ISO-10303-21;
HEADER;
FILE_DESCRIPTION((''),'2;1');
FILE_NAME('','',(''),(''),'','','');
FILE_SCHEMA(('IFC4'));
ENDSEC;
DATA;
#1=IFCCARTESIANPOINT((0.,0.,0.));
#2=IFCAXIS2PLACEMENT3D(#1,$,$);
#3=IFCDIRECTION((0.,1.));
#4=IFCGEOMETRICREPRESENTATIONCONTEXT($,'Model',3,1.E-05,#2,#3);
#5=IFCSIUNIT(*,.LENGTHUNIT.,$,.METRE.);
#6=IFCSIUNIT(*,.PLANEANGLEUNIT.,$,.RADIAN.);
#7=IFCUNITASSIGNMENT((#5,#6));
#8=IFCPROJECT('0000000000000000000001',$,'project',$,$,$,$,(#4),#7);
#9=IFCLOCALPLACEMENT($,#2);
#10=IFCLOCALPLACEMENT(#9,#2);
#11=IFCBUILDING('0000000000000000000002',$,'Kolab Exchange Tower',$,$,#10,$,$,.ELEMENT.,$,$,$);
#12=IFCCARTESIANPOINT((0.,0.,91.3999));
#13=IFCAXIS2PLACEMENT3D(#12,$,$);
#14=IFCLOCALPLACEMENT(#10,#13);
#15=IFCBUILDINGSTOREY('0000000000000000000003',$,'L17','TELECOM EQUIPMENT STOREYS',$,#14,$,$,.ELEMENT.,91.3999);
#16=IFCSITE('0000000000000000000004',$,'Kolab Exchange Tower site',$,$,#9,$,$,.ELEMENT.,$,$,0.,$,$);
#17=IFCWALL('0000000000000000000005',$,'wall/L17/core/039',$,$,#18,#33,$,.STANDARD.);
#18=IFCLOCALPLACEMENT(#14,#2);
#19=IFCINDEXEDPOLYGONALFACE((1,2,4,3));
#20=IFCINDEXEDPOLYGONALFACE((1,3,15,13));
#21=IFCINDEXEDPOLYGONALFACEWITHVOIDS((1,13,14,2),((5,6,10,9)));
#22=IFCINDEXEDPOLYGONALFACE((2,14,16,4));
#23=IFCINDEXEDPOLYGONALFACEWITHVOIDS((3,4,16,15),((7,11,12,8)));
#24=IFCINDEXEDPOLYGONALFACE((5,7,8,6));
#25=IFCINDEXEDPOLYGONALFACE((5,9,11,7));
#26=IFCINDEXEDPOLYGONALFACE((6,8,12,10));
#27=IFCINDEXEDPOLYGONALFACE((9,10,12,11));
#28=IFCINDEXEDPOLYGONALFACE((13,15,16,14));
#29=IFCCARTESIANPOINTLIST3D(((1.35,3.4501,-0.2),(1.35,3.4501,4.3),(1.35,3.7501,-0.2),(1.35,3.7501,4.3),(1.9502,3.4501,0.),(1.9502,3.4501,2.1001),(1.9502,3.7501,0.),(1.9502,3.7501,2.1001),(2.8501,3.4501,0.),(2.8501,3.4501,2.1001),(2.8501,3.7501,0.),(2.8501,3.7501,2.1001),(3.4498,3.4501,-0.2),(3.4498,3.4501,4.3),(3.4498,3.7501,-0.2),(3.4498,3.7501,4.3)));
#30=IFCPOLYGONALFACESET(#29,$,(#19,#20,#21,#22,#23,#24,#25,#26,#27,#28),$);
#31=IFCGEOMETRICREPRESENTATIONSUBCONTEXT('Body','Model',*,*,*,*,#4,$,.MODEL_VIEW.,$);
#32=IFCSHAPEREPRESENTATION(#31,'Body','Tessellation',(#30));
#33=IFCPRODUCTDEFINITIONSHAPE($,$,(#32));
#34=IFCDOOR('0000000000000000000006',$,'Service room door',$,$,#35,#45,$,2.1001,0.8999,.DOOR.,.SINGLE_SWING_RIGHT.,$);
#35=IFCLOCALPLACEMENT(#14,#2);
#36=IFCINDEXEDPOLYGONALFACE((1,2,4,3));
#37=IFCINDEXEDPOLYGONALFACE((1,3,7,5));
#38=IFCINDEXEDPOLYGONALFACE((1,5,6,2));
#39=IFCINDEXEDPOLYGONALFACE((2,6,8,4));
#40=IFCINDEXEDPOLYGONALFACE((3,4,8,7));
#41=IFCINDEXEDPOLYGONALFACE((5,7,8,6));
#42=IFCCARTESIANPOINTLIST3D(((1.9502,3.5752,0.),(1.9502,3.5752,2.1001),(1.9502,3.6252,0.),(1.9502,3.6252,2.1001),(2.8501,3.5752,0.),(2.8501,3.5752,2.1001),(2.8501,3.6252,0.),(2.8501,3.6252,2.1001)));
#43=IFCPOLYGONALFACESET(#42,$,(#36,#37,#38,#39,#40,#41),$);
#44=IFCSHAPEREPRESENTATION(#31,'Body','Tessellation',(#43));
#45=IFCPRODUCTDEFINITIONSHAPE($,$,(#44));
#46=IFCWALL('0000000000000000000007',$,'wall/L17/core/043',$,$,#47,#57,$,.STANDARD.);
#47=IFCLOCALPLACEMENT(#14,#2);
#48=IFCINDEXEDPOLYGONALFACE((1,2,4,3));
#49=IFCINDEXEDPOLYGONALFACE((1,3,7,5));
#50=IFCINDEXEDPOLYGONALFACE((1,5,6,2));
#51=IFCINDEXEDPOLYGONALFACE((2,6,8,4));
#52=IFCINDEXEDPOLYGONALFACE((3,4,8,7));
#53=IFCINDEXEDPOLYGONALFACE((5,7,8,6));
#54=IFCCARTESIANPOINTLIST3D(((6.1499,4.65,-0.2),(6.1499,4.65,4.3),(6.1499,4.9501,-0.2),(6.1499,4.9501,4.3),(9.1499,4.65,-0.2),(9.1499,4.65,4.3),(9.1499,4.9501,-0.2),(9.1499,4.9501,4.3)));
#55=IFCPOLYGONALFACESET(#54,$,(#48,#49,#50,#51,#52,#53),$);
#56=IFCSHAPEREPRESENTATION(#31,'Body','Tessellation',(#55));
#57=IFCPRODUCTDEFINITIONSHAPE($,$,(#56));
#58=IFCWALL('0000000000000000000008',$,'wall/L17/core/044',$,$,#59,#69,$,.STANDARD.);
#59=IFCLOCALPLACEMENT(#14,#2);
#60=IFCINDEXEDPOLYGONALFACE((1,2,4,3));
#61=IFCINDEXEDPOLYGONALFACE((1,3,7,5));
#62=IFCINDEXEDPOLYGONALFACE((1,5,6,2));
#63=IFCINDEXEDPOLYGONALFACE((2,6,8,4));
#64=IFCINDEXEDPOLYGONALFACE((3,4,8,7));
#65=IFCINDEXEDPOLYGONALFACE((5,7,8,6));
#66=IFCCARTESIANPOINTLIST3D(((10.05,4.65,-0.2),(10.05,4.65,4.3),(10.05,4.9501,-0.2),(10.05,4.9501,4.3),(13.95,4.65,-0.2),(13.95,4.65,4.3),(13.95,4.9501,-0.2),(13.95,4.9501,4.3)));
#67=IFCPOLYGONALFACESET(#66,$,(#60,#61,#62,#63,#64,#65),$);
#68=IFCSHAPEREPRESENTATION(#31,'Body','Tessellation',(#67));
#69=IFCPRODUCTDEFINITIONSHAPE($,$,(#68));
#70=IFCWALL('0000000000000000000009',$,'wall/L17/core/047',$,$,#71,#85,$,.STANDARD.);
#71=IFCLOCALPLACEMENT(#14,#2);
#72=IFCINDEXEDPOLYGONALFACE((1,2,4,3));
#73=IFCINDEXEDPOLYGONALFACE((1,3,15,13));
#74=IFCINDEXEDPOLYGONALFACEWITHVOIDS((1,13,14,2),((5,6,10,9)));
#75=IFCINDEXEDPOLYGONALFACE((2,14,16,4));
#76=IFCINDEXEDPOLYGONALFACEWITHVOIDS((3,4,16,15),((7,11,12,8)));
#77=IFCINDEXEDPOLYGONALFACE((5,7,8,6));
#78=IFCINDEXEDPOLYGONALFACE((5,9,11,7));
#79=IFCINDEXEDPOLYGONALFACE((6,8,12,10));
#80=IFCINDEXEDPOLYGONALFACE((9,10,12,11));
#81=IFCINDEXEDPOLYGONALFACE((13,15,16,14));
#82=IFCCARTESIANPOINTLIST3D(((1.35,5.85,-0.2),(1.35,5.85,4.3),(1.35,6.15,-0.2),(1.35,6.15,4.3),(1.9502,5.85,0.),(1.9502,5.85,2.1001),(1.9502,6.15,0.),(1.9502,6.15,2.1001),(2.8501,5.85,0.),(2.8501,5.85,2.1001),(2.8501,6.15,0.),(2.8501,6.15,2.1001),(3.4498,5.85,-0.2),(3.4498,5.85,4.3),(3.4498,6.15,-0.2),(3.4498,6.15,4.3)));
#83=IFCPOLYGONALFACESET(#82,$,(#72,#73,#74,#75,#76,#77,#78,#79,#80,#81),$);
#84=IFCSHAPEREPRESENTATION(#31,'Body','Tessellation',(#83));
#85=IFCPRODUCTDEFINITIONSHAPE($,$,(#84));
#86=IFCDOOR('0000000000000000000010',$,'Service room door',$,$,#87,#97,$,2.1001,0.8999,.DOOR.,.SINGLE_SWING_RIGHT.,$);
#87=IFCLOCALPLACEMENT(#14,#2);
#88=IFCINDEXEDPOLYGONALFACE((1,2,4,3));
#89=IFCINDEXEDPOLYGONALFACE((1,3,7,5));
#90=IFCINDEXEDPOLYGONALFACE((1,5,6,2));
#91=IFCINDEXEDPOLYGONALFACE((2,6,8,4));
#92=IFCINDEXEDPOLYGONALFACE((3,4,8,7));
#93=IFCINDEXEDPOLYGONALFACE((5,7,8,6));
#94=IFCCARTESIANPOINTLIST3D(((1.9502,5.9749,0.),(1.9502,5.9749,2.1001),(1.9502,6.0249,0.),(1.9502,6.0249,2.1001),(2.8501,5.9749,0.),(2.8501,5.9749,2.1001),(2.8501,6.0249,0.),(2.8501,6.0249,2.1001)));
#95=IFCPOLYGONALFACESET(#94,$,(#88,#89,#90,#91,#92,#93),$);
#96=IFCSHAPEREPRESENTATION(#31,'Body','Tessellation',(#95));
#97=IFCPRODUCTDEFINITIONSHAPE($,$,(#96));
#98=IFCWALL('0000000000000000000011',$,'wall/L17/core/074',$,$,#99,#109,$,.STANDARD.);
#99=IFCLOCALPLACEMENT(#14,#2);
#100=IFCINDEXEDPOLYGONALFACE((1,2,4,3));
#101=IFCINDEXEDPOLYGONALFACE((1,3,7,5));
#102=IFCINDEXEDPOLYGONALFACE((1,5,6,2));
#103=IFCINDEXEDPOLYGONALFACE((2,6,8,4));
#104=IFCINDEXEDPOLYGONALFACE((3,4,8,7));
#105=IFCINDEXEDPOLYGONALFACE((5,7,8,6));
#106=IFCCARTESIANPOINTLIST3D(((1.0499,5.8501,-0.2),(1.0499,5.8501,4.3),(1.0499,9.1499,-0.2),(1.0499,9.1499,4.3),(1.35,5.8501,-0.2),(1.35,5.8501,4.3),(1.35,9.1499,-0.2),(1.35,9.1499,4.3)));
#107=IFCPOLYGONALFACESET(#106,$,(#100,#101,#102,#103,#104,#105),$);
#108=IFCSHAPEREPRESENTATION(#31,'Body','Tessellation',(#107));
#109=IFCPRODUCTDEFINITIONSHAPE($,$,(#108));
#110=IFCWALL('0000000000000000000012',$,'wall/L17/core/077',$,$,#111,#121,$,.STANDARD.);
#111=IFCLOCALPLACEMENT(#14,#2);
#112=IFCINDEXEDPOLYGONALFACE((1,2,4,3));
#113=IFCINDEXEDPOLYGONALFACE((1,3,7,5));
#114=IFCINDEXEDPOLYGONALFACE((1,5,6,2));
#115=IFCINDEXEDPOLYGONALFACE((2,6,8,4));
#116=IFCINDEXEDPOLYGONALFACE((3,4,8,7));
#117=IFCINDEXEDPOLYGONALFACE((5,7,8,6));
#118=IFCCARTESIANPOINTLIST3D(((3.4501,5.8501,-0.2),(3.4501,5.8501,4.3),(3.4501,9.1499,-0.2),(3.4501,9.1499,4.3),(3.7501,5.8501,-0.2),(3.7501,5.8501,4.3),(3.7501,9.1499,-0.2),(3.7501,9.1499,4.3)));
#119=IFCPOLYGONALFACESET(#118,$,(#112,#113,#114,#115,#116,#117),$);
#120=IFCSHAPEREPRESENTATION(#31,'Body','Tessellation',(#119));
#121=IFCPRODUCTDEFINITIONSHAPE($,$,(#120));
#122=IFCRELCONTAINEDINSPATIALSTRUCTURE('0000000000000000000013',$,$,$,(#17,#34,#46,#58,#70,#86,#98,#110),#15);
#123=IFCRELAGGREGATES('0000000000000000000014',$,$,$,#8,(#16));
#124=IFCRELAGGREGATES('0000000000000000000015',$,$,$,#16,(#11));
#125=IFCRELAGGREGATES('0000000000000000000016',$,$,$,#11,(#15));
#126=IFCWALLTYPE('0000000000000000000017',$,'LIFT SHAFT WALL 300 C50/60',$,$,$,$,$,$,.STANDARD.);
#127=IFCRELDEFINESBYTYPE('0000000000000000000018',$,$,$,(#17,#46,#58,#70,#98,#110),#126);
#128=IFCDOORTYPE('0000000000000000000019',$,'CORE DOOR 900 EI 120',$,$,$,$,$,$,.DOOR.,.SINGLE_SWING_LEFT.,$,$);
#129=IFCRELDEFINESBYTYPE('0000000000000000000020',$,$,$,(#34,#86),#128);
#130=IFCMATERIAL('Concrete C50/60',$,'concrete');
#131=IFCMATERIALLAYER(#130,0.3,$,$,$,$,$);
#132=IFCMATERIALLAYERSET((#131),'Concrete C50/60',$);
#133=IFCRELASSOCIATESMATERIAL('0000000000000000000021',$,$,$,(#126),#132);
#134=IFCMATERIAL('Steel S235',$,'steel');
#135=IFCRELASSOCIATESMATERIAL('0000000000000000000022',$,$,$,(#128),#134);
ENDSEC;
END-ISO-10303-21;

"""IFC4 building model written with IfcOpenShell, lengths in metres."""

from ifc_helpers import new_model, si_unit, direction, frame, frame_2d, origin, place, context, subcontext, project, spatial, rectangle, extrude, material, layer, layer_set, type_object, element, fill, save


model = new_model("IFC4")

# Units and contexts
model_context = context("Model", 3, precision=1e-05, world=origin(), true_north=direction((0.0, 1.0)))
body_context = subcontext(model_context, "Body", "Model", "MODEL_VIEW")
ifc_project = project(units=[si_unit("LENGTHUNIT", "METRE"), si_unit("PLANEANGLEUNIT", "RADIAN")], contexts=[model_context])

# Site, building, storey
site_placement = place(None, origin())
site = spatial("IfcSite", under=ifc_project, at=site_placement, Name="Kolab Exchange Tower site", CompositionType="ELEMENT", RefElevation=0.0)
building_placement = place(site_placement, origin())
building = spatial("IfcBuilding", under=site, at=building_placement, Name="Kolab Exchange Tower", CompositionType="ELEMENT")
storey_placement = place(building_placement, frame((0.0, 0.0, 91.3999)))
storey = spatial("IfcBuildingStorey", under=building, at=storey_placement, Name="L17", Description="TELECOM EQUIPMENT STOREYS", CompositionType="ELEMENT", Elevation=91.3999)

# Shared definitions
ifc_material_1 = material(Name="Concrete C50/60", Category="concrete")

# Shared definitions
ifc_layer_1 = layer(ifc_material_1, 0.3)
ifc_layer_set_1 = layer_set([ifc_layer_1], Name="Concrete C50/60")
wall_type = type_object("IfcWallType", Name="LIFT SHAFT WALL 300 C50/60", PredefinedType="STANDARD", material=ifc_layer_set_1)

# Wall, opening, door
wall_1_placement = place(storey_placement, frame((1.3501, 3.6001, -0.2), z_axis=(0.0, 0.0, 1.0), x_axis=(1.0, 0.0, 0.0)))
wall_1 = element("IfcWall", 1, at=wall_1_placement, inside=storey, type_object=wall_type, Name="wall/L17/core/039", PredefinedType="STANDARD", context=body_context, shape_type="SweptSolid", body=[
    extrude(rectangle(XDim=2.0999, YDim=0.3, at=frame_2d((1.0498, 0.0))), origin(), (0.0, 0.0, 1.0), 4.5),
])
opening_1_placement = place(wall_1_placement, frame((0.6001, 0.0, 0.2)))
opening_1 = element("IfcOpeningElement", 2, at=opening_1_placement, cuts=wall_1, PredefinedType="OPENING", context=body_context, shape_type="SweptSolid", body=[
    extrude(rectangle(XDim=0.8999, YDim=2.1001, at=frame_2d((0.45, 1.05))), frame((0.0, 0.1602, 0.0), z_axis=(0.0, -1.0, 0.0), x_axis=(1.0, 0.0, 0.0)), (0.0, 0.0, 1.0), 0.3201),
])
ifc_material_2 = material(Name="Steel S235", Category="steel")
door_type = type_object("IfcDoorType", Name="CORE DOOR 900 EI 120", OperationType="SINGLE_SWING_LEFT", PredefinedType="DOOR", material=ifc_material_2)
door_1_placement = place(opening_1_placement, frame((0.8999, 0.0, 0.0), z_axis=(0.0, 0.0, 1.0), x_axis=(-1.0, 0.0, 0.0)))
door_1 = element("IfcDoor", 3, at=door_1_placement, inside=storey, type_object=door_type, Name="Service room door", OperationType="SINGLE_SWING_RIGHT", OverallHeight=2.1001, OverallWidth=0.8999, PredefinedType="DOOR", context=body_context, shape_type="SweptSolid", body=[
    extrude(rectangle(XDim=0.8999, YDim=2.1001, at=frame_2d((0.45, 1.05))), frame((0.0, 0.0249, 0.0), z_axis=(0.0, -1.0, 0.0), x_axis=(1.0, 0.0, 0.0)), (0.0, 0.0, 1.0), 0.05),
])
fill(opening_1, door_1)

# Walls
wall_2_placement = place(storey_placement, frame((6.1499, 4.8, -0.2), z_axis=(0.0, 0.0, 1.0), x_axis=(1.0, 0.0, 0.0)))
element("IfcWall", 4, at=wall_2_placement, inside=storey, type_object=wall_type, Name="wall/L17/core/043", PredefinedType="STANDARD", context=body_context, shape_type="SweptSolid", body=[
    extrude(rectangle(XDim=3.0, YDim=0.3, at=frame_2d((1.5, 0.0))), origin(), (0.0, 0.0, 1.0), 4.5),
])
wall_3_placement = place(storey_placement, frame((10.05, 4.8, -0.2), z_axis=(0.0, 0.0, 1.0), x_axis=(1.0, 0.0, 0.0)))
element("IfcWall", 5, at=wall_3_placement, inside=storey, type_object=wall_type, Name="wall/L17/core/044", PredefinedType="STANDARD", context=body_context, shape_type="SweptSolid", body=[
    extrude(rectangle(XDim=3.8999, YDim=0.3, at=frame_2d((1.95, 0.0))), origin(), (0.0, 0.0, 1.0), 4.5),
])

# Wall, opening, door
wall_4_placement = place(storey_placement, frame((1.3501, 6.0, -0.2), z_axis=(0.0, 0.0, 1.0), x_axis=(1.0, 0.0, 0.0)))
wall_4 = element("IfcWall", 6, at=wall_4_placement, inside=storey, type_object=wall_type, Name="wall/L17/core/047", PredefinedType="STANDARD", context=body_context, shape_type="SweptSolid", body=[
    extrude(rectangle(XDim=2.0999, YDim=0.3, at=frame_2d((1.0498, 0.0))), origin(), (0.0, 0.0, 1.0), 4.5),
])
opening_2_placement = place(wall_4_placement, frame((0.6001, 0.0, 0.2)))
opening_2 = element("IfcOpeningElement", 7, at=opening_2_placement, cuts=wall_4, PredefinedType="OPENING", context=body_context, shape_type="SweptSolid", body=[
    extrude(rectangle(XDim=0.8999, YDim=2.1001, at=frame_2d((0.45, 1.05))), frame((0.0, 0.1602, 0.0), z_axis=(0.0, -1.0, 0.0), x_axis=(1.0, 0.0, 0.0)), (0.0, 0.0, 1.0), 0.3201),
])
door_2_placement = place(opening_2_placement, origin())
door_2 = element("IfcDoor", 8, at=door_2_placement, inside=storey, type_object=door_type, Name="Service room door", OperationType="SINGLE_SWING_RIGHT", OverallHeight=2.1001, OverallWidth=0.8999, PredefinedType="DOOR", context=body_context, shape_type="SweptSolid", body=[
    extrude(rectangle(XDim=0.8999, YDim=2.1001, at=frame_2d((0.45, 1.05))), frame((0.0, 0.0249, 0.0), z_axis=(0.0, -1.0, 0.0), x_axis=(1.0, 0.0, 0.0)), (0.0, 0.0, 1.0), 0.05),
])
fill(opening_2, door_2)

# Walls
for number, where, z_axis, x_axis, name in (
    (9, (1.2, 5.8501, -0.2), (0.0, 0.0, 1.0), (0.0, 1.0, 0.0), "wall/L17/core/074"),
    (10, (3.6001, 5.8501, -0.2), (0.0, 0.0, 1.0), (0.0, 1.0, 0.0), "wall/L17/core/077"),
):
    element("IfcWall", number, at=place(storey_placement, frame(where, z_axis=z_axis, x_axis=x_axis)), inside=storey, type_object=wall_type, Name=name, PredefinedType="STANDARD", context=body_context, shape_type="SweptSolid", body=[
        extrude(rectangle(XDim=3.2998, YDim=0.3, at=frame_2d((1.6499, 0.0))), origin(), (0.0, 0.0, 1.0), 4.5),
    ])

save(model, "model.ifc")
